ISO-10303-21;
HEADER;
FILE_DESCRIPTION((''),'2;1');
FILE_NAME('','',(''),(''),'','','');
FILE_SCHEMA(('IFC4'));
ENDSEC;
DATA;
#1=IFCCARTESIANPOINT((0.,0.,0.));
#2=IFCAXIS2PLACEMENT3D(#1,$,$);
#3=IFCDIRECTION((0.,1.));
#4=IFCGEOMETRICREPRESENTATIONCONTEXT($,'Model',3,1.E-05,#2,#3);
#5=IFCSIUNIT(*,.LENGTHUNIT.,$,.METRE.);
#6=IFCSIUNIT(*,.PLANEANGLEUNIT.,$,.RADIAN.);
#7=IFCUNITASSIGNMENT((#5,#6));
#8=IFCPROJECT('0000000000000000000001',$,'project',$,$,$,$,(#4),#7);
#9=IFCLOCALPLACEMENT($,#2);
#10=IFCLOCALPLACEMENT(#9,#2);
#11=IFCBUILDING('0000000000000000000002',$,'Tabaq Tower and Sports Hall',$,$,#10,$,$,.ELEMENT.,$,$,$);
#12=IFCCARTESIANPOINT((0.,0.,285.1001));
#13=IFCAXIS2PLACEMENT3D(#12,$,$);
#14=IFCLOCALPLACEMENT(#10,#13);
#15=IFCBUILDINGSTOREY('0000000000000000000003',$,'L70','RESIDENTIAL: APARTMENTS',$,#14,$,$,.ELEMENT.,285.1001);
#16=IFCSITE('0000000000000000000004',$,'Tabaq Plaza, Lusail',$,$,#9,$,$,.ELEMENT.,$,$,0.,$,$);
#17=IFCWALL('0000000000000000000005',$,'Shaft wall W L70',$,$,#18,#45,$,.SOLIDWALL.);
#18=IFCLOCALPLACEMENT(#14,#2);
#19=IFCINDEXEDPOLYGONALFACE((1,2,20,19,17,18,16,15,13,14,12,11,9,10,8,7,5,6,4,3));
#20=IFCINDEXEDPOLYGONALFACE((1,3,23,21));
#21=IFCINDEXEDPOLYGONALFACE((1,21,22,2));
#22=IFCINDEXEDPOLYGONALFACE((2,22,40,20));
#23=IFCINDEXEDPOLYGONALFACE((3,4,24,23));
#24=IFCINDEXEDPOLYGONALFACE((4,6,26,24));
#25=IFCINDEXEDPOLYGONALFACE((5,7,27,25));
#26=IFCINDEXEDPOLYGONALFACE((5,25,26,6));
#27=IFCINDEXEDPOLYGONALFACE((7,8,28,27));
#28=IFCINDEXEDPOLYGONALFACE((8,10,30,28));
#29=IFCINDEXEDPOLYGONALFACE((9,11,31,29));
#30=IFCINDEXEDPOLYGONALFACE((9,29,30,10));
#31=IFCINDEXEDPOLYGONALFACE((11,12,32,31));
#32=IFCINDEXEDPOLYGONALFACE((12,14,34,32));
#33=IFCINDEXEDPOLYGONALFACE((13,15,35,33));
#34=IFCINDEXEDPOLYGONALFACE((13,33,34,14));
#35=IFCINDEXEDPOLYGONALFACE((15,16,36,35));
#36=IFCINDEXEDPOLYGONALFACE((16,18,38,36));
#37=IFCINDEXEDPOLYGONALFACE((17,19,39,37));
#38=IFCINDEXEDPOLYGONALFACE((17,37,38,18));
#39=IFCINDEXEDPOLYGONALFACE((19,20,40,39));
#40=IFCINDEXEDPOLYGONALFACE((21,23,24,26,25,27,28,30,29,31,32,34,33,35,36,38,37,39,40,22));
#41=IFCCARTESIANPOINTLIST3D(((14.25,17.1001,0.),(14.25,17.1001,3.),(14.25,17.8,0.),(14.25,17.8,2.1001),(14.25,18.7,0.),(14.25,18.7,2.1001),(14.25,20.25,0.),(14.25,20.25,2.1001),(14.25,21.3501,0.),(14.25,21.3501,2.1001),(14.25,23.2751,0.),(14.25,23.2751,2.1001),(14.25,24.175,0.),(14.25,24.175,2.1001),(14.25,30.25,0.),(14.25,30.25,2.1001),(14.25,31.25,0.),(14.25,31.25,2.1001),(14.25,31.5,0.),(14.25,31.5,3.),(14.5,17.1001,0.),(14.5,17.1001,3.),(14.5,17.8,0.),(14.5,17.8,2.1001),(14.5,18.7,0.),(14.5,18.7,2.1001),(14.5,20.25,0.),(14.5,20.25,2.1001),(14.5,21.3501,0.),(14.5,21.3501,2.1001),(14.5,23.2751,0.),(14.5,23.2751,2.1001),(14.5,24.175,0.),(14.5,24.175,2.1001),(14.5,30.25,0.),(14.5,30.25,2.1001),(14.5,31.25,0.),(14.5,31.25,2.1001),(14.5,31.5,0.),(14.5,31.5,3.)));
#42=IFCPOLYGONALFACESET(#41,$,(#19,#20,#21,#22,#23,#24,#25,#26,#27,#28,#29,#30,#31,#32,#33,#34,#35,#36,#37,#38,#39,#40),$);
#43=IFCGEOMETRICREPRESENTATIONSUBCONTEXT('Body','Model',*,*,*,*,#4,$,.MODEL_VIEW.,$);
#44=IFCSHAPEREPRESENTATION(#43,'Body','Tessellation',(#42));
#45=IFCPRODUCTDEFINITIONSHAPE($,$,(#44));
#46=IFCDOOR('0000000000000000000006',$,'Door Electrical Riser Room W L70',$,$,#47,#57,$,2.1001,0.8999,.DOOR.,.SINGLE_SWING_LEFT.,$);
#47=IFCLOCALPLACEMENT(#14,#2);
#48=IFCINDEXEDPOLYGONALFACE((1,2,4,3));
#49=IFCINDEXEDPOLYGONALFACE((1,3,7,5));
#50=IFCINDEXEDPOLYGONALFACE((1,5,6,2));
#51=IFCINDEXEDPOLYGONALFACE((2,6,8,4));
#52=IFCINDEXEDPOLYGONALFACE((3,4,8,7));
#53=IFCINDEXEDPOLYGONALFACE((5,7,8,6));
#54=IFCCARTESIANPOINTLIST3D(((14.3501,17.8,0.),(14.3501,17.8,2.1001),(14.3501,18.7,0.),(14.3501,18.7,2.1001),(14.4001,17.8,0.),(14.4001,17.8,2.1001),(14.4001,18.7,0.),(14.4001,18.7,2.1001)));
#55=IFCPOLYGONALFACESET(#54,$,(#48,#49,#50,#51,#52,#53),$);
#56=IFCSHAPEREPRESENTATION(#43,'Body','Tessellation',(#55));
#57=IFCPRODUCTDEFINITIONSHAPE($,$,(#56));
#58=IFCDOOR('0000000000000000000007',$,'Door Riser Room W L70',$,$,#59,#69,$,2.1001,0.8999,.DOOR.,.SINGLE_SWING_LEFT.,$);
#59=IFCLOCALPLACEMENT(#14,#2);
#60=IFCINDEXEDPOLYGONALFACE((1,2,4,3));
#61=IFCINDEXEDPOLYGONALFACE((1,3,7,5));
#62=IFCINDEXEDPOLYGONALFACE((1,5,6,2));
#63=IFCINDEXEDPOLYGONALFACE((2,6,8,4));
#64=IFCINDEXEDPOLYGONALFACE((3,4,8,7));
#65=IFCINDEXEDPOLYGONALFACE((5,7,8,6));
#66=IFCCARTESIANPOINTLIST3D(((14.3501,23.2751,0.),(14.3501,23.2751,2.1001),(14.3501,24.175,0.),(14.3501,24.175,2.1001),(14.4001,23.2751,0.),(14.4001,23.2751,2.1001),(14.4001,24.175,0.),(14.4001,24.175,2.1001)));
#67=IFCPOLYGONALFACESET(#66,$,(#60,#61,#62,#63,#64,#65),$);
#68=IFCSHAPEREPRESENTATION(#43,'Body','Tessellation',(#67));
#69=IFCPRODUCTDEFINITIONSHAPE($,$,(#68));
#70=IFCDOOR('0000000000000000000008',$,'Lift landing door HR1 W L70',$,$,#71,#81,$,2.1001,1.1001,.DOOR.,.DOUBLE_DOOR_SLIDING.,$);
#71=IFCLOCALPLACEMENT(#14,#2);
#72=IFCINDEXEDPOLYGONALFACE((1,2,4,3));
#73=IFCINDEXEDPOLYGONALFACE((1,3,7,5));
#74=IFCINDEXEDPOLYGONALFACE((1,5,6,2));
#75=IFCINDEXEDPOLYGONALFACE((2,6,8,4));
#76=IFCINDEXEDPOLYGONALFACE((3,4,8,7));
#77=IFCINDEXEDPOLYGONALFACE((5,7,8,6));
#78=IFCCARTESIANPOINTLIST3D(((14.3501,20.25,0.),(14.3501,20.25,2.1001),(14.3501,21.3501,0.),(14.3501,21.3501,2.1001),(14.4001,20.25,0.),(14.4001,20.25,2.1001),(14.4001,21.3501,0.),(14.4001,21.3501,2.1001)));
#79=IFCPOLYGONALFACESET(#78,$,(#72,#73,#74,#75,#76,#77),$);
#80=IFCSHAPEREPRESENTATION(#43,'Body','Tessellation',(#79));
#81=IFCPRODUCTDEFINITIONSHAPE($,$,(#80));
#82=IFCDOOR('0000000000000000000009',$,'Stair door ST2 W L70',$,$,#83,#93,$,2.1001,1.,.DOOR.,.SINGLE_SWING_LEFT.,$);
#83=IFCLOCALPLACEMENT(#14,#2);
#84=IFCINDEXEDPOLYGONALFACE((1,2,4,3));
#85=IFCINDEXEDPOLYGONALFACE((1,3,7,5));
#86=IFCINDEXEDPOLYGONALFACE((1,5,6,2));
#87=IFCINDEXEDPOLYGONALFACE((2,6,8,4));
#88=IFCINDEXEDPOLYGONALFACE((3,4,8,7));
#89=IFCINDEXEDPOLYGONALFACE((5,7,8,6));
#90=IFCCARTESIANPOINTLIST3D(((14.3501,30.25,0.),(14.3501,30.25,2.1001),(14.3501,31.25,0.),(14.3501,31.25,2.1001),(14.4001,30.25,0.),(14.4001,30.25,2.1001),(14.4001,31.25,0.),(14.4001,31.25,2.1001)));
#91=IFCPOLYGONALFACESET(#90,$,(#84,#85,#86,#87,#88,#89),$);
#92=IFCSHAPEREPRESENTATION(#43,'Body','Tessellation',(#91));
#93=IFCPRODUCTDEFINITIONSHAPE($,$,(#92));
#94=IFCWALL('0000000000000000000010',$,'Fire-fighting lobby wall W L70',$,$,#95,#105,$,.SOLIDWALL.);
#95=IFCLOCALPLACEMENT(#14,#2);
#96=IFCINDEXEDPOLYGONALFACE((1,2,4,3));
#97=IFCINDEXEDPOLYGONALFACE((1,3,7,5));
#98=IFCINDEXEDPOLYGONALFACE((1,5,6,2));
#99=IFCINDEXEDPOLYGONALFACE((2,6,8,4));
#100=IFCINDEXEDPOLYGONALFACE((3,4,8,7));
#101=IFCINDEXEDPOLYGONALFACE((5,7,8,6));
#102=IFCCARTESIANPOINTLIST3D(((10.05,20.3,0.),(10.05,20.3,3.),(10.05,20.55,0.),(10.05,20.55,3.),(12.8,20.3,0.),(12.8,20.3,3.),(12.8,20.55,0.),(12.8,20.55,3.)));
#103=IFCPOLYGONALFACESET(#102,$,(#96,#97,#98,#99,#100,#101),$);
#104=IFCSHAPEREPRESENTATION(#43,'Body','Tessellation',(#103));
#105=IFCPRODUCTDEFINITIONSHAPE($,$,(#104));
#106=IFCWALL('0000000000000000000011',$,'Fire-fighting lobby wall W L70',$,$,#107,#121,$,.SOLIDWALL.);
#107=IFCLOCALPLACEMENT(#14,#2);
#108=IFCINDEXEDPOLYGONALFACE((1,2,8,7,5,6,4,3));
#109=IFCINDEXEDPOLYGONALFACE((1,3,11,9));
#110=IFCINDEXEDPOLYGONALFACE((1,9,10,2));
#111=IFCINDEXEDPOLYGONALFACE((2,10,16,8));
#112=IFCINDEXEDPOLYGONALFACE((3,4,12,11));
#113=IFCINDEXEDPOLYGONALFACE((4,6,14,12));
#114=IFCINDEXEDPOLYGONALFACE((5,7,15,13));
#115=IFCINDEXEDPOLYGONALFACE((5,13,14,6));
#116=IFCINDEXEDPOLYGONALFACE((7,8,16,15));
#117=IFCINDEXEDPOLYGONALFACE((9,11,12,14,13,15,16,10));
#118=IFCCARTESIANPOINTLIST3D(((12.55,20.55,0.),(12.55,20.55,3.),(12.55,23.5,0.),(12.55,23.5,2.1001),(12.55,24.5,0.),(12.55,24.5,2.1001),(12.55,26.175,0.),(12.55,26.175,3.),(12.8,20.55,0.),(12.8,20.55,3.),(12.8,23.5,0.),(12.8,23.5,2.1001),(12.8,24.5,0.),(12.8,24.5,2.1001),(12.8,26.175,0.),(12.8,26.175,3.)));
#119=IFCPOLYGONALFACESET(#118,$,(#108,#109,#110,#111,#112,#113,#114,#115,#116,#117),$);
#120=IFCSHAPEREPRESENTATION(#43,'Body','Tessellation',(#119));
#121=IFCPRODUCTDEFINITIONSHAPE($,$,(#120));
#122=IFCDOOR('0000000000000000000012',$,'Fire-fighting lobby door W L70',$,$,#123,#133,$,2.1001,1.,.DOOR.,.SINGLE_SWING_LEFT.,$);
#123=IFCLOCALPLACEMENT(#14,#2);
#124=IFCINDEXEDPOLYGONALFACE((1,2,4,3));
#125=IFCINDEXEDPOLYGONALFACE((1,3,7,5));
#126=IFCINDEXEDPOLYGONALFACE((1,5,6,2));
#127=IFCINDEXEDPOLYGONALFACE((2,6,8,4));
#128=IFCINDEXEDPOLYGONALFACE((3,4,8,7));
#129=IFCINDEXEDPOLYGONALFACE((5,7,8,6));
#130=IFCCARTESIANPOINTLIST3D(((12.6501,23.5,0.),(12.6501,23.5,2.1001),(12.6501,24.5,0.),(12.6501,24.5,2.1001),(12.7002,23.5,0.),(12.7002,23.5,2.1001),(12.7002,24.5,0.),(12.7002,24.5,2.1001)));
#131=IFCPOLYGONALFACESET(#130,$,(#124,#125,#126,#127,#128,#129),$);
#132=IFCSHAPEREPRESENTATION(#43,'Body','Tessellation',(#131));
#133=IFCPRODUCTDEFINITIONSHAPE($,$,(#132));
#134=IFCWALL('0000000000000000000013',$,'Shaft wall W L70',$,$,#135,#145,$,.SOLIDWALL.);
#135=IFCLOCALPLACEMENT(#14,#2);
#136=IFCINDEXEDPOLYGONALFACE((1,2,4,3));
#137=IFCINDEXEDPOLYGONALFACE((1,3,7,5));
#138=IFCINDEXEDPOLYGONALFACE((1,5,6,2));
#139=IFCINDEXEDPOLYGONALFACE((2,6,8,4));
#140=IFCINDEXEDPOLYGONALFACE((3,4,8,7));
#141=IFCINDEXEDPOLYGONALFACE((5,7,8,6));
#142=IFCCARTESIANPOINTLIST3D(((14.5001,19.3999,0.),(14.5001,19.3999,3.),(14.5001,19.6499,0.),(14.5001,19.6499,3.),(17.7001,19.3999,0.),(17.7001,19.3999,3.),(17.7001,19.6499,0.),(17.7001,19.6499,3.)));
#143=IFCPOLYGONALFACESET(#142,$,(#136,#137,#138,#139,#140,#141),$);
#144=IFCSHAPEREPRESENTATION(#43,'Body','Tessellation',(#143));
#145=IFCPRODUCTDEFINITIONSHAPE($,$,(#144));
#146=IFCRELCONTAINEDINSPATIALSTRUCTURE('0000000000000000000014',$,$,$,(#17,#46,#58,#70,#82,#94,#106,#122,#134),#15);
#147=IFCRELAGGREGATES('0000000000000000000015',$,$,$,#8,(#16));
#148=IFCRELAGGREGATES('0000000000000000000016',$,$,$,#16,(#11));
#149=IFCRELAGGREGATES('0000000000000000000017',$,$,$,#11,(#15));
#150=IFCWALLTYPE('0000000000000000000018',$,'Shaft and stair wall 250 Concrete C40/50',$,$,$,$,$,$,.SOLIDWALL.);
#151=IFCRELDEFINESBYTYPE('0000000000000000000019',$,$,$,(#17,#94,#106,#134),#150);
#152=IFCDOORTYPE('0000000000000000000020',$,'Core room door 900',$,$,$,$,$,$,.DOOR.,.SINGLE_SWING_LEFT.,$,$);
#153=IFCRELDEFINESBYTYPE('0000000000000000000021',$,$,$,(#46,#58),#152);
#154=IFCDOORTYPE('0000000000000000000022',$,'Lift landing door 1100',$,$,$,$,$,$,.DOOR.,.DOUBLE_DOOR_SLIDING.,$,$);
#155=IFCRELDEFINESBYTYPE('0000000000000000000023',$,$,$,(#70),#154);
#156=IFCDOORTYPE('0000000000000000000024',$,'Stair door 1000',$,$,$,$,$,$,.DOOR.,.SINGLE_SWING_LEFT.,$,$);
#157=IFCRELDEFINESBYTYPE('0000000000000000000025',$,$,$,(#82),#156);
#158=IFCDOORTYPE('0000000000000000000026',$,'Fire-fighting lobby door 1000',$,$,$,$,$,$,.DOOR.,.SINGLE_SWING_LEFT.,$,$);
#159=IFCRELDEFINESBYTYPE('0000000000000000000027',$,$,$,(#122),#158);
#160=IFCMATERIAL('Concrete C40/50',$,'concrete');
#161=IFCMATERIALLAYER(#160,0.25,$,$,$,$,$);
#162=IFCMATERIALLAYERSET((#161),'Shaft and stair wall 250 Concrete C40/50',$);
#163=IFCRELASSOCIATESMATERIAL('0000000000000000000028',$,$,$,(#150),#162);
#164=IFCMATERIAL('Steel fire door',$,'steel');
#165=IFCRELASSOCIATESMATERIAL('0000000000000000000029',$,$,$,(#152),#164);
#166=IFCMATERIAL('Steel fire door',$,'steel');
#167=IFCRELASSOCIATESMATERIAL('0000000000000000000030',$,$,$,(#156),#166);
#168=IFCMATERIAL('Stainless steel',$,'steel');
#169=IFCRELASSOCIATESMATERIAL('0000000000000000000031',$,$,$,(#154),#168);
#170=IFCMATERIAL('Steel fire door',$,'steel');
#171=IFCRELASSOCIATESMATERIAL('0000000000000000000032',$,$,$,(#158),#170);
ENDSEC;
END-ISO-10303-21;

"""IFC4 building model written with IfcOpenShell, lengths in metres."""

from ifc_helpers import new_model, si_unit, direction, frame, frame_2d, origin, place, context, subcontext, project, spatial, rectangle, extrude, material, layer, layer_set, type_object, element, fill, save


model = new_model("IFC4")

# Units and contexts
model_context = context("Model", 3, precision=1e-05, world=origin(), true_north=direction((0.0, 1.0)))
body_context = subcontext(model_context, "Body", "Model", "MODEL_VIEW")
ifc_project = project(units=[si_unit("LENGTHUNIT", "METRE"), si_unit("PLANEANGLEUNIT", "RADIAN")], contexts=[model_context])

# Site, building, storey
site_placement = place(None, origin())
site = spatial("IfcSite", under=ifc_project, at=site_placement, Name="Tabaq Plaza, Lusail", CompositionType="ELEMENT", RefElevation=0.0)
building_placement = place(site_placement, origin())
building = spatial("IfcBuilding", under=site, at=building_placement, Name="Tabaq Tower and Sports Hall", CompositionType="ELEMENT")
storey_placement = place(building_placement, frame((0.0, 0.0, 285.1001)))
storey = spatial("IfcBuildingStorey", under=building, at=storey_placement, Name="L70", Description="RESIDENTIAL: APARTMENTS", CompositionType="ELEMENT", Elevation=285.1001)

# Wall, openings, doors
ifc_material_1 = material(Name="Concrete C40/50", Category="concrete")
ifc_layer_1 = layer(ifc_material_1, 0.25)
ifc_layer_set_1 = layer_set([ifc_layer_1], Name="Shaft and stair wall 250 Concrete C40/50")
wall_type_1 = type_object("IfcWallType", Name="Shaft and stair wall 250 Concrete C40/50", PredefinedType="SOLIDWALL", material=ifc_layer_set_1)
ifc_material_2 = material(Name="Steel fire door", Category="steel")
door_type_1 = type_object("IfcDoorType", Name="Core room door 900", OperationType="SINGLE_SWING_LEFT", PredefinedType="DOOR", material=ifc_material_2)
ifc_material_3 = material(Name="Steel fire door", Category="steel")
door_type_2 = type_object("IfcDoorType", Name="Stair door 1000", OperationType="SINGLE_SWING_LEFT", PredefinedType="DOOR", material=ifc_material_3)
wall_1_placement = place(storey_placement, frame((14.375, 17.1001, 0.0), z_axis=(0.0, 0.0, 1.0), x_axis=(0.0, 1.0, 0.0)))
wall_1 = element("IfcWall", 1, at=wall_1_placement, inside=storey, type_object=wall_type_1, Name="Shaft wall W L70", PredefinedType="SOLIDWALL", context=body_context, shape_type="SweptSolid", body=[
    extrude(rectangle(XDim=14.3999, YDim=0.25, at=frame_2d((7.2, 0.0))), origin(), (0.0, 0.0, 1.0), 3.0),
])
opening_1_placement = place(wall_1_placement, frame((13.1499, 0.0, 0.0)))
opening_1 = element("IfcOpeningElement", 2, at=opening_1_placement, cuts=wall_1, PredefinedType="OPENING", context=body_context, shape_type="SweptSolid", body=[
    extrude(rectangle(XDim=1.0, YDim=2.1001, at=frame_2d((0.5, 1.05))), frame((0.0, 0.125, 0.0), z_axis=(0.0, -1.0, 0.0), x_axis=(1.0, 0.0, 0.0)), (0.0, 0.0, 1.0), 0.25),
])
opening_2_placement = place(wall_1_placement, frame((3.1499, 0.0, 0.0)))
opening_2 = element("IfcOpeningElement", 3, at=opening_2_placement, cuts=wall_1, PredefinedType="OPENING", context=body_context, shape_type="SweptSolid", body=[
    extrude(rectangle(XDim=1.1001, YDim=2.1001, at=frame_2d((0.55, 1.05))), frame((0.0, 0.125, 0.0), z_axis=(0.0, -1.0, 0.0), x_axis=(1.0, 0.0, 0.0)), (0.0, 0.0, 1.0), 0.25),
])
opening_3_placement = place(wall_1_placement, frame((0.7, 0.0, 0.0)))
opening_3 = element("IfcOpeningElement", 4, at=opening_3_placement, cuts=wall_1, PredefinedType="OPENING", context=body_context, shape_type="SweptSolid", body=[
    extrude(rectangle(XDim=0.8999, YDim=2.1001, at=frame_2d((0.45, 1.05))), frame((0.0, 0.125, 0.0), z_axis=(0.0, -1.0, 0.0), x_axis=(1.0, 0.0, 0.0)), (0.0, 0.0, 1.0), 0.25),
])
opening_4_placement = place(wall_1_placement, frame((6.175, 0.0, 0.0)))
opening_4 = element("IfcOpeningElement", 5, at=opening_4_placement, cuts=wall_1, PredefinedType="OPENING", context=body_context, shape_type="SweptSolid", body=[
    extrude(rectangle(XDim=0.8999, YDim=2.1001, at=frame_2d((0.45, 1.05))), frame((0.0, 0.125, 0.0), z_axis=(0.0, -1.0, 0.0), x_axis=(1.0, 0.0, 0.0)), (0.0, 0.0, 1.0), 0.25),
])
door_1_placement = place(opening_3_placement, origin())
door_1 = element("IfcDoor", 6, at=door_1_placement, inside=storey, type_object=door_type_1, Name="Door Electrical Riser Room W L70", OperationType="SINGLE_SWING_LEFT", OverallHeight=2.1001, OverallWidth=0.8999, PredefinedType="DOOR", context=body_context, shape_type="SweptSolid", body=[
    extrude(rectangle(XDim=0.8999, YDim=2.1001, at=frame_2d((0.45, 1.05))), frame((0.0, 0.0249, 0.0), z_axis=(0.0, -1.0, 0.0), x_axis=(1.0, 0.0, 0.0)), (0.0, 0.0, 1.0), 0.05),
])
fill(opening_3, door_1)
door_2_placement = place(opening_4_placement, origin())
door_2 = element("IfcDoor", 7, at=door_2_placement, inside=storey, type_object=door_type_1, Name="Door Riser Room W L70", OperationType="SINGLE_SWING_LEFT", OverallHeight=2.1001, OverallWidth=0.8999, PredefinedType="DOOR", context=body_context, shape_type="SweptSolid", body=[
    extrude(rectangle(XDim=0.8999, YDim=2.1001, at=frame_2d((0.45, 1.05))), frame((0.0, 0.0249, 0.0), z_axis=(0.0, -1.0, 0.0), x_axis=(1.0, 0.0, 0.0)), (0.0, 0.0, 1.0), 0.05),
])
fill(opening_4, door_2)
ifc_material_4 = material(Name="Stainless steel", Category="steel")
door_type_3 = type_object("IfcDoorType", Name="Lift landing door 1100", OperationType="DOUBLE_DOOR_SLIDING", PredefinedType="DOOR", material=ifc_material_4)
door_3_placement = place(opening_2_placement, origin())
door_3 = element("IfcDoor", 8, at=door_3_placement, inside=storey, type_object=door_type_3, Name="Lift landing door HR1 W L70", OperationType="DOUBLE_DOOR_SLIDING", OverallHeight=2.1001, OverallWidth=1.1001, PredefinedType="DOOR", context=body_context, shape_type="SweptSolid", body=[
    extrude(rectangle(XDim=1.1001, YDim=2.1001, at=frame_2d((0.55, 1.05))), frame((0.0, 0.0249, 0.0), z_axis=(0.0, -1.0, 0.0), x_axis=(1.0, 0.0, 0.0)), (0.0, 0.0, 1.0), 0.05),
])
fill(opening_2, door_3)
door_4_placement = place(opening_1_placement, origin())
door_4 = element("IfcDoor", 9, at=door_4_placement, inside=storey, type_object=door_type_2, Name="Stair door ST2 W L70", OperationType="SINGLE_SWING_LEFT", OverallHeight=2.1001, OverallWidth=1.0, PredefinedType="DOOR", context=body_context, shape_type="SweptSolid", body=[
    extrude(rectangle(XDim=1.0, YDim=2.1001, at=frame_2d((0.5, 1.05))), frame((0.0, 0.0249, 0.0), z_axis=(0.0, -1.0, 0.0), x_axis=(1.0, 0.0, 0.0)), (0.0, 0.0, 1.0), 0.05),
])
fill(opening_1, door_4)

# Wall
wall_2_placement = place(storey_placement, frame((10.05, 20.425, 0.0), z_axis=(0.0, 0.0, 1.0), x_axis=(1.0, 0.0, 0.0)))
element("IfcWall", 10, at=wall_2_placement, inside=storey, type_object=wall_type_1, Name="Fire-fighting lobby wall W L70", PredefinedType="SOLIDWALL", context=body_context, shape_type="SweptSolid", body=[
    extrude(rectangle(XDim=2.75, YDim=0.25, at=frame_2d((1.375, 0.0))), origin(), (0.0, 0.0, 1.0), 3.0),
])

# Wall, opening, door
wall_3_placement = place(storey_placement, frame((12.675, 20.55, 0.0), z_axis=(0.0, 0.0, 1.0), x_axis=(0.0, 1.0, 0.0)))
wall_3 = element("IfcWall", 11, at=wall_3_placement, inside=storey, type_object=wall_type_1, Name="Fire-fighting lobby wall W L70", PredefinedType="SOLIDWALL", context=body_context, shape_type="SweptSolid", body=[
    extrude(rectangle(XDim=5.625, YDim=0.25, at=frame_2d((2.8125, 0.0))), origin(), (0.0, 0.0, 1.0), 3.0),
])
opening_5_placement = place(wall_3_placement, frame((2.95, 0.0, 0.0)))
opening_5 = element("IfcOpeningElement", 12, at=opening_5_placement, cuts=wall_3, PredefinedType="OPENING", context=body_context, shape_type="SweptSolid", body=[
    extrude(rectangle(XDim=1.0, YDim=2.1001, at=frame_2d((0.5, 1.05))), frame((0.0, 0.125, 0.0), z_axis=(0.0, -1.0, 0.0), x_axis=(1.0, 0.0, 0.0)), (0.0, 0.0, 1.0), 0.25),
])
ifc_material_5 = material(Name="Steel fire door", Category="steel")
door_type_4 = type_object("IfcDoorType", Name="Fire-fighting lobby door 1000", OperationType="SINGLE_SWING_LEFT", PredefinedType="DOOR", material=ifc_material_5)
door_5_placement = place(opening_5_placement, origin())
door_5 = element("IfcDoor", 13, at=door_5_placement, inside=storey, type_object=door_type_4, Name="Fire-fighting lobby door W L70", OperationType="SINGLE_SWING_LEFT", OverallHeight=2.1001, OverallWidth=1.0, PredefinedType="DOOR", context=body_context, shape_type="SweptSolid", body=[
    extrude(rectangle(XDim=1.0, YDim=2.1001, at=frame_2d((0.5, 1.05))), frame((0.0, 0.0249, 0.0), z_axis=(0.0, -1.0, 0.0), x_axis=(1.0, 0.0, 0.0)), (0.0, 0.0, 1.0), 0.05),
])
fill(opening_5, door_5)

# Wall
wall_4_placement = place(storey_placement, frame((14.5, 19.5249, 0.0), z_axis=(0.0, 0.0, 1.0), x_axis=(1.0, 0.0, 0.0)))
element("IfcWall", 14, at=wall_4_placement, inside=storey, type_object=wall_type_1, Name="Shaft wall W L70", PredefinedType="SOLIDWALL", context=body_context, shape_type="SweptSolid", body=[
    extrude(rectangle(XDim=3.2, YDim=0.25, at=frame_2d((1.6001, 0.0))), origin(), (0.0, 0.0, 1.0), 3.0),
])

save(model, "model.ifc")
